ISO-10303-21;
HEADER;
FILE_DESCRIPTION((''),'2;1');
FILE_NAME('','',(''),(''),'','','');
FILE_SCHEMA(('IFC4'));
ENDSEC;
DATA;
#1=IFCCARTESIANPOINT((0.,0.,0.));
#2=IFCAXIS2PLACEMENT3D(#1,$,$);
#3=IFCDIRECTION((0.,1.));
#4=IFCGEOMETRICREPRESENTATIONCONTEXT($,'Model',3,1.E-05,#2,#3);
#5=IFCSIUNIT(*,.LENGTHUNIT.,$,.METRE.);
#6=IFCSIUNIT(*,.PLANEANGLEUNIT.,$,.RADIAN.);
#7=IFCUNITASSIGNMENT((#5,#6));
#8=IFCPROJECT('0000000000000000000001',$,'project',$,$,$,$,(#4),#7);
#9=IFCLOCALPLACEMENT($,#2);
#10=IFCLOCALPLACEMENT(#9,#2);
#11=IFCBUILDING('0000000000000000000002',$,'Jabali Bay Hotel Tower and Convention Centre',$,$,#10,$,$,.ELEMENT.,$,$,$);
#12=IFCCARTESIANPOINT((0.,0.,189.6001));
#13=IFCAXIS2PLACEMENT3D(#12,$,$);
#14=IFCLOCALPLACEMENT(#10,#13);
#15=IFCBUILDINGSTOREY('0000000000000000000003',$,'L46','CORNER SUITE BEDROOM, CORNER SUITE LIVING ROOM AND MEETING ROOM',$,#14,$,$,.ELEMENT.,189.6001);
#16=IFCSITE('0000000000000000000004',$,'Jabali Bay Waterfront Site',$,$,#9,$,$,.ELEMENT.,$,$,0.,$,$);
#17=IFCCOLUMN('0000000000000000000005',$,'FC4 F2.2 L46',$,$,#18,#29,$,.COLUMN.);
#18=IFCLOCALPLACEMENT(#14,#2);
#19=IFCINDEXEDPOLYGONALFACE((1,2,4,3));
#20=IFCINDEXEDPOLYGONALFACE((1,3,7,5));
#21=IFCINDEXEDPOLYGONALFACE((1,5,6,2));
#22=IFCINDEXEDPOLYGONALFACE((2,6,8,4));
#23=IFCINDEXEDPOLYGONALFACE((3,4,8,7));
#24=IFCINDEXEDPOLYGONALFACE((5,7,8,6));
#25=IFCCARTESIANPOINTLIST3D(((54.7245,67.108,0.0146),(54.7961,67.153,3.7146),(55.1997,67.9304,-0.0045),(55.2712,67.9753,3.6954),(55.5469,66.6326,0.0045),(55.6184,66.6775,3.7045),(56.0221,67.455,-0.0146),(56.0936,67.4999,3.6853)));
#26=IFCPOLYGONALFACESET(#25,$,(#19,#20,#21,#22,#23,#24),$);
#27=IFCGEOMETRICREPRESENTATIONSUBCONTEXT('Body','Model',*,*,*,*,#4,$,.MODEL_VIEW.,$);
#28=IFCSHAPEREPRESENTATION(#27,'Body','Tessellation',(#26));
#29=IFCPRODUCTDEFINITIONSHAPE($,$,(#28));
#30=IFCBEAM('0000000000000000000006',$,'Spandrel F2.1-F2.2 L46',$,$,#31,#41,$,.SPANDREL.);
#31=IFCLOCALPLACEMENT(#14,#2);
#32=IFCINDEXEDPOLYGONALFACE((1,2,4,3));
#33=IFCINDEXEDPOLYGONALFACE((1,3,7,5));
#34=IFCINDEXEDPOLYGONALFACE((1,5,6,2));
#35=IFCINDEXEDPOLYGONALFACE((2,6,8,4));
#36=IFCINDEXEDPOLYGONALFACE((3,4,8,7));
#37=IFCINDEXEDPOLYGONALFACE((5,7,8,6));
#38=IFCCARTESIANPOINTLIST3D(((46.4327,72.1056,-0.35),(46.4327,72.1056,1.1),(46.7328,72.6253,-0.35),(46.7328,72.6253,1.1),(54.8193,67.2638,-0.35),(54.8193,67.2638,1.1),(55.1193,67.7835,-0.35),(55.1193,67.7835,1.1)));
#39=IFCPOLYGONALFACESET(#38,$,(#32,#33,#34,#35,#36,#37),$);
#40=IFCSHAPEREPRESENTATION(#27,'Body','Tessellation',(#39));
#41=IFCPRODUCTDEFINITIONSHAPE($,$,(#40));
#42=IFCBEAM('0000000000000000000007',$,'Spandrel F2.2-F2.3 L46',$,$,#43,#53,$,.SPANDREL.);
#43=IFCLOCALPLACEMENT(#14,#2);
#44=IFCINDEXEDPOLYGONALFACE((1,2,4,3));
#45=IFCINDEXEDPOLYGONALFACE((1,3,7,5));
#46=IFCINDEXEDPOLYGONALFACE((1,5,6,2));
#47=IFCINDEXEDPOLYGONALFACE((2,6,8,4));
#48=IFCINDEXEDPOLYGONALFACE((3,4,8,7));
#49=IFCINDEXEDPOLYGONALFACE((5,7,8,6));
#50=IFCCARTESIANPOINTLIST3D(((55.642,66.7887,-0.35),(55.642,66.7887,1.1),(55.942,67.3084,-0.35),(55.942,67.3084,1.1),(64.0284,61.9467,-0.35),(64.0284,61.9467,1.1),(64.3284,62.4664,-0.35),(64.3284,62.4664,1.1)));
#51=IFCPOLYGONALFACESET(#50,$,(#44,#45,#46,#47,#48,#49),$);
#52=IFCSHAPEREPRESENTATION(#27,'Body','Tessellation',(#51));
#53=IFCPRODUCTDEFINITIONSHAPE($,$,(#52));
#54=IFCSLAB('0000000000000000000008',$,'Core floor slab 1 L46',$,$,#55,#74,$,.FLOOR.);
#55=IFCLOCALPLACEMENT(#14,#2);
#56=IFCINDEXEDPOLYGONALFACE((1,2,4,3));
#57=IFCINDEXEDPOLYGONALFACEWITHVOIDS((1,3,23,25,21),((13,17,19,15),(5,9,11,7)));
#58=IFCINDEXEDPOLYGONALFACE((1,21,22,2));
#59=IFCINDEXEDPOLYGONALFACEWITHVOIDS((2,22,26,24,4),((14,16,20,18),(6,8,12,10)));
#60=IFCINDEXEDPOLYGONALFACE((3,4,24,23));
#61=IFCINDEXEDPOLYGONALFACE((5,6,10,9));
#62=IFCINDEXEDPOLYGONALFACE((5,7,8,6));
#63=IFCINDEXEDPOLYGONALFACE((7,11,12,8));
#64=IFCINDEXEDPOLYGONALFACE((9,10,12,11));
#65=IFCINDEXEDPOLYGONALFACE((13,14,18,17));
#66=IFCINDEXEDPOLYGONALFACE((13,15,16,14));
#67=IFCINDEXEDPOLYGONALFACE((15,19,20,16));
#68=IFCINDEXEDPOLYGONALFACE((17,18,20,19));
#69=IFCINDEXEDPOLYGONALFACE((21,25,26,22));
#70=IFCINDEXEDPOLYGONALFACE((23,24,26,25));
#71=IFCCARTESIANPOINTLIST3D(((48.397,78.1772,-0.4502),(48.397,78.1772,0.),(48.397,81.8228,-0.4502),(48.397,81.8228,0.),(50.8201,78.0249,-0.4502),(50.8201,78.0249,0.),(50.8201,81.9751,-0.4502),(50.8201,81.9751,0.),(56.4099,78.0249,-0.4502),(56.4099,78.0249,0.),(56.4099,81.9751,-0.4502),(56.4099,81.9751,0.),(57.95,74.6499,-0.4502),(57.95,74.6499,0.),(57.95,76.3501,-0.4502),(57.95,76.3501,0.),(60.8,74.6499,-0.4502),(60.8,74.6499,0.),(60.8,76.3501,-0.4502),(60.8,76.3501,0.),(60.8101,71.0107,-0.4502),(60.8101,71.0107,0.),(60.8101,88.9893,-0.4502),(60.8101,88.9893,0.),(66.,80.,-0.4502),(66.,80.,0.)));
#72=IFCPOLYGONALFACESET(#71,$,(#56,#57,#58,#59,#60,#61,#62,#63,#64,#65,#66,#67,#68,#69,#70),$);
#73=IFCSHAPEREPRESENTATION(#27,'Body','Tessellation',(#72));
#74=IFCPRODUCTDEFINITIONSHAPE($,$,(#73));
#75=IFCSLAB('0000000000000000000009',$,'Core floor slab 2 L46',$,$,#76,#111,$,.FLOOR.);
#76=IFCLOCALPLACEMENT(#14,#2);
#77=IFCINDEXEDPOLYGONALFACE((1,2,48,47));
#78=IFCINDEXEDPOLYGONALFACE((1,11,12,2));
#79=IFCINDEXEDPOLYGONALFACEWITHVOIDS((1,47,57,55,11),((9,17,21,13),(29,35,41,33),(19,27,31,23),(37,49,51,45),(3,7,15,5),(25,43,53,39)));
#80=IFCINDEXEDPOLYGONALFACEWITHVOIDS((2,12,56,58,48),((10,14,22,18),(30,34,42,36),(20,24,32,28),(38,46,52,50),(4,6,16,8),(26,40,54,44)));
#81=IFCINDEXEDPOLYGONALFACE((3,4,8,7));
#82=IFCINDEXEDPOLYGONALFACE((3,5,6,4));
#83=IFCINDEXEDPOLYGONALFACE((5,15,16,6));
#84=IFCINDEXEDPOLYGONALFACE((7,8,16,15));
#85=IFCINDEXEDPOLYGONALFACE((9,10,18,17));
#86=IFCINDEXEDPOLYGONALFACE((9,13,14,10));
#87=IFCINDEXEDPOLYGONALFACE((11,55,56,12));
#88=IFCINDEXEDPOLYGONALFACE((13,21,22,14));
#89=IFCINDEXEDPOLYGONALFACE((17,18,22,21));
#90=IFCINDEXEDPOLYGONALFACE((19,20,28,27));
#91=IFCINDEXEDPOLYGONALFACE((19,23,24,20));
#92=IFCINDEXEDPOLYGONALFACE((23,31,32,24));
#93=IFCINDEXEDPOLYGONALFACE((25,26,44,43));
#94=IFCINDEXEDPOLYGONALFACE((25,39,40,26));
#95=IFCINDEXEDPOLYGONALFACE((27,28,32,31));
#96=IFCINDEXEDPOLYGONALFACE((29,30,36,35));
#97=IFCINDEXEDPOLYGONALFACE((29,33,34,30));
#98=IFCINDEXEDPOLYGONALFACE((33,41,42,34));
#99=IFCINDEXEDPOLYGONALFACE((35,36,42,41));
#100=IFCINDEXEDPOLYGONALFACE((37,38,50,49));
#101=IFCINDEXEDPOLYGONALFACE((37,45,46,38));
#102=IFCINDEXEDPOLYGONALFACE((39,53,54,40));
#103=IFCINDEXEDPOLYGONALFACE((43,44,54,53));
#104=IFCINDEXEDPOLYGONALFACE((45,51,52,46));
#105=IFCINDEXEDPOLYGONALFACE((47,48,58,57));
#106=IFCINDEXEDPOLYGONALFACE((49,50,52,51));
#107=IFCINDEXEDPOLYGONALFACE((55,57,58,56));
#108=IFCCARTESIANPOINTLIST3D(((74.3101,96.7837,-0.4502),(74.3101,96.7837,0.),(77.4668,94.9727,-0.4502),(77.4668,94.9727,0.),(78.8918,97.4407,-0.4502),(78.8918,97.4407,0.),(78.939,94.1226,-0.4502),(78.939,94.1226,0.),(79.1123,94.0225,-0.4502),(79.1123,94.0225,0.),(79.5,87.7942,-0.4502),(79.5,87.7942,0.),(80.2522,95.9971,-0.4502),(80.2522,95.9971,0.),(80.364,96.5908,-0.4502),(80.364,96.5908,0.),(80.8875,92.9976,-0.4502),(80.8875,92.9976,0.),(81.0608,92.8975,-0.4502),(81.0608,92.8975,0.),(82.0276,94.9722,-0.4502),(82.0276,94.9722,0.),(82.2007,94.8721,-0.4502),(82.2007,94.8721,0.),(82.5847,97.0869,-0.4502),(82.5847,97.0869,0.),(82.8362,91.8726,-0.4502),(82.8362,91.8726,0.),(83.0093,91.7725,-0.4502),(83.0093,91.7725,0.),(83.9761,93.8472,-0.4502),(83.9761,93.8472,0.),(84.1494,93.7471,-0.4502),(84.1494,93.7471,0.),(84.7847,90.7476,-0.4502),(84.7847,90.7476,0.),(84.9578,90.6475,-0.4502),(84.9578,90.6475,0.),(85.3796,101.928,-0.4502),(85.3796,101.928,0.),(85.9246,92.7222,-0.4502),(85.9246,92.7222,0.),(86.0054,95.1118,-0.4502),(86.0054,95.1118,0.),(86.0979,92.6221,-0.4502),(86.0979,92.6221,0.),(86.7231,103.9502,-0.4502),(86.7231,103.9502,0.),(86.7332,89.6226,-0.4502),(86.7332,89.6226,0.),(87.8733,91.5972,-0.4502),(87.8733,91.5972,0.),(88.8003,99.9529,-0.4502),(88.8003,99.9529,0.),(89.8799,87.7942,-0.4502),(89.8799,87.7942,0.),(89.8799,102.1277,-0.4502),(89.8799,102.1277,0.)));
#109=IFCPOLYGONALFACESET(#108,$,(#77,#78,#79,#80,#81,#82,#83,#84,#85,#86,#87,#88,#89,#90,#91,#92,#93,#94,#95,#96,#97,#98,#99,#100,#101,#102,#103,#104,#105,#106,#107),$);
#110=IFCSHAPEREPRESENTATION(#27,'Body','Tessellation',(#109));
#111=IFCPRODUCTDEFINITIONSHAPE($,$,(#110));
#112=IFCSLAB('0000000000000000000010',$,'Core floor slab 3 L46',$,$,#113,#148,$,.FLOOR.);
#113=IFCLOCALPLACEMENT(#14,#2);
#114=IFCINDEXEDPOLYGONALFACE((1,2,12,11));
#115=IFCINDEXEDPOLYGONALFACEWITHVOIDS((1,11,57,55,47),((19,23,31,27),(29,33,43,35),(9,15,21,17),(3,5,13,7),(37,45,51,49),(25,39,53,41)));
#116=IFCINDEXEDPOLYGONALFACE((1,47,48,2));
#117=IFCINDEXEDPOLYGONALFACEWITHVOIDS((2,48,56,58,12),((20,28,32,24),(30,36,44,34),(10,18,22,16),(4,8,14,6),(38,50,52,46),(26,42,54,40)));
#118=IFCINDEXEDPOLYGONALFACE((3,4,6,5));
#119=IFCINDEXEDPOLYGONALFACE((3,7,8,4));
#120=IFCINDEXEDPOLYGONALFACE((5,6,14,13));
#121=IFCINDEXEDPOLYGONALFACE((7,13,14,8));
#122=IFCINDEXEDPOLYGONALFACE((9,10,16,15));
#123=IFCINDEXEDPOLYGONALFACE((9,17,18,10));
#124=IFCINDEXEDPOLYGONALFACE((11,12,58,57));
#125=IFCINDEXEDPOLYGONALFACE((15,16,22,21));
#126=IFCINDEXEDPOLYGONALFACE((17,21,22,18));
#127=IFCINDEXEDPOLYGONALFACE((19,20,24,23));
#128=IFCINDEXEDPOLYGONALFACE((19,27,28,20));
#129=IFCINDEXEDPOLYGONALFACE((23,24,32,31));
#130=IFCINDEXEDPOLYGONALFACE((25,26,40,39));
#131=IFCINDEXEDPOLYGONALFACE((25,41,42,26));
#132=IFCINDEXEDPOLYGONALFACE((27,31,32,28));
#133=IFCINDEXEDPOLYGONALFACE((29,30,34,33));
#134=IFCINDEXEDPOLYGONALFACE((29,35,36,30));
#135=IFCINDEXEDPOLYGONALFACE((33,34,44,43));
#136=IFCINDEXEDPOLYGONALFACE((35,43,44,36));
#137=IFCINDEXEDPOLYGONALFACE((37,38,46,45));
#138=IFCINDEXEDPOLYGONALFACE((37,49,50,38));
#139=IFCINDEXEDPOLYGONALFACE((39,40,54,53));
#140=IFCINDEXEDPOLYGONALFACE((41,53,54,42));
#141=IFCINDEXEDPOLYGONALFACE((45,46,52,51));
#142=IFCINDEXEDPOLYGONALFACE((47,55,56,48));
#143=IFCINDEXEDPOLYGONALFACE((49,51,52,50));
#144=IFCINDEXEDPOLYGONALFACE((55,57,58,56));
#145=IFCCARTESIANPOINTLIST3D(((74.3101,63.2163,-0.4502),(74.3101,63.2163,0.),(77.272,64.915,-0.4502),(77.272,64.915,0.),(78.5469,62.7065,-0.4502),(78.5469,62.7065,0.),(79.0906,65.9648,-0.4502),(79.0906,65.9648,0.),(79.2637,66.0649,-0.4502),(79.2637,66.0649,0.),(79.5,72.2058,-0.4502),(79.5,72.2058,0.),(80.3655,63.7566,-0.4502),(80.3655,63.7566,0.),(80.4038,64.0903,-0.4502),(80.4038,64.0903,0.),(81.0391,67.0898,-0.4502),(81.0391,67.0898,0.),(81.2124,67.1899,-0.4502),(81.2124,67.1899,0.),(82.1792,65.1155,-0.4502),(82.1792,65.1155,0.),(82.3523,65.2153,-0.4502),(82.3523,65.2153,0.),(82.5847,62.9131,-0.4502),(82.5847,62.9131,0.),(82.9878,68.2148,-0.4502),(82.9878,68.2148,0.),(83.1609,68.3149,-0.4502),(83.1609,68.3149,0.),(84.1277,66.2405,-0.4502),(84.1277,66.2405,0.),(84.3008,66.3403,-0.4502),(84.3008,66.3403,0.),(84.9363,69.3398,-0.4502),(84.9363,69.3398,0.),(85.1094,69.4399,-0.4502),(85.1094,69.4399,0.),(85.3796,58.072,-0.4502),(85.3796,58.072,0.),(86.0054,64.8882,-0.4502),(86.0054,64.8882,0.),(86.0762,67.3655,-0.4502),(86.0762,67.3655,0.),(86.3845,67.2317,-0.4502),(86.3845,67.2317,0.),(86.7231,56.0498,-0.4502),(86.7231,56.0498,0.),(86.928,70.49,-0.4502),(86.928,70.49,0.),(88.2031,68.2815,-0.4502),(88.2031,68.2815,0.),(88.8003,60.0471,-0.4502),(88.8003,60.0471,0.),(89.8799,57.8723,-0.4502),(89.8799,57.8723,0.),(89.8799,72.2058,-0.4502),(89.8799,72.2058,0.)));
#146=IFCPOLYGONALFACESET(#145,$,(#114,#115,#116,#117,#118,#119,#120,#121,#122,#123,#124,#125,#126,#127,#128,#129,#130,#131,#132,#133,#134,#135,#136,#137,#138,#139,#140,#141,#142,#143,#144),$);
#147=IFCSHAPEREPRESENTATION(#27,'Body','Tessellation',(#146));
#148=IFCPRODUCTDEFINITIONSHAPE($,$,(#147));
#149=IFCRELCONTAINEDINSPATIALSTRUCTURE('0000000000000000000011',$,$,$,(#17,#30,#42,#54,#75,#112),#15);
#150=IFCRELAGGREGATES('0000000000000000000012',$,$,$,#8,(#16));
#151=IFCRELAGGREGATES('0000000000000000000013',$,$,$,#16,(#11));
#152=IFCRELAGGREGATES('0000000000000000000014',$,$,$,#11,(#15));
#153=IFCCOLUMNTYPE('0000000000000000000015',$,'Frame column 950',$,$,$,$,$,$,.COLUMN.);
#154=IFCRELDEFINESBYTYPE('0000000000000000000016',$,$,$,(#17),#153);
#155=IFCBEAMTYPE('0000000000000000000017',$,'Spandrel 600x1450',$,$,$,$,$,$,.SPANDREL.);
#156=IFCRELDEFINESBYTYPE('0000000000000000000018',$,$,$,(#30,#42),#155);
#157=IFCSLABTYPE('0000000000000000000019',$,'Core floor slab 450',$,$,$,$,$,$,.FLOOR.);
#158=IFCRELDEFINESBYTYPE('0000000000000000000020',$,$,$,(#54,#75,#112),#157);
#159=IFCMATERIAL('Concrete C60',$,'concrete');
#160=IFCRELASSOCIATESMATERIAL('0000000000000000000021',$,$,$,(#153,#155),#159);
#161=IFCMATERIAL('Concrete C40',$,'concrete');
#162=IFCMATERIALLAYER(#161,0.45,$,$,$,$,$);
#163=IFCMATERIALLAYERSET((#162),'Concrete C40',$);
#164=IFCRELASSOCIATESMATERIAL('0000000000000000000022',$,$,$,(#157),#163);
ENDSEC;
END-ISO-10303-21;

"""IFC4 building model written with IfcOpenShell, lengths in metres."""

from ifc_helpers import new_model, si_unit, direction, frame, origin, origin_2d, place, context, subcontext, project, spatial, polyline, rectangle, outline, extrude, material, layer, layer_set, material_profile, profile_set, type_object, element, save


model = new_model("IFC4")

# Units and contexts
model_context = context("Model", 3, precision=1e-05, world=origin(), true_north=direction((0.0, 1.0)))
body_context = subcontext(model_context, "Body", "Model", "MODEL_VIEW")
ifc_project = project(units=[si_unit("LENGTHUNIT", "METRE"), si_unit("PLANEANGLEUNIT", "RADIAN")], contexts=[model_context])

# Site, building, storey
site_placement = place(None, origin())
site = spatial("IfcSite", under=ifc_project, at=site_placement, Name="Jabali Bay Waterfront Site", CompositionType="ELEMENT", RefElevation=0.0)
building_placement = place(site_placement, origin())
building = spatial("IfcBuilding", under=site, at=building_placement, Name="Jabali Bay Hotel Tower and Convention Centre", CompositionType="ELEMENT")
storey_placement = place(building_placement, frame((0.0, 0.0, 189.6001)))
storey = spatial("IfcBuildingStorey", under=building, at=storey_placement, Name="L46", Description="CORNER SUITE BEDROOM, CORNER SUITE LIVING ROOM AND MEETING ROOM", CompositionType="ELEMENT", Elevation=189.6001)

# Column
ifc_material_1 = material(Name="Concrete C60", Category="concrete")
ifc_material_profile_1 = material_profile(ifc_material_1, rectangle(XDim=0.95, YDim=0.95, at=origin_2d()), Name="Frame column 950")
ifc_profile_set_1 = profile_set([ifc_material_profile_1], Name="Concrete C60")
column_type = type_object("IfcColumnType", Name="Frame column 950", PredefinedType="COLUMN", material=ifc_profile_set_1)
column_placement = place(storey_placement, frame((55.3733, 67.2815, 0.0), z_axis=(0.019329, 0.012138, 0.99974), x_axis=(-0.865691, 0.500465, 0.010661)))
element("IfcColumn", 1, at=column_placement, inside=storey, type_object=column_type, Name="FC4 F2.2 L46", PredefinedType="COLUMN", context=body_context, shape_type="SweptSolid", body=[
    extrude(rectangle(XDim=0.95, YDim=0.95, at=origin_2d()), origin(), (0.0, 0.0, 1.0), 3.7009),
])

# Beams
ifc_material_profile_2 = material_profile(ifc_material_1, rectangle(XDim=0.6001, YDim=1.45, at=origin_2d()), Name="Spandrel 600x1450")
ifc_profile_set_2 = profile_set([ifc_material_profile_2], Name="Concrete C60")
beam_type = type_object("IfcBeamType", Name="Spandrel 600x1450", PredefinedType="SPANDREL", material=ifc_profile_set_2)
for number, where, z_axis, x_axis, name in (
    (2, (46.5828, 72.3655, 0.375), (0.866032, -0.499989, 0.0), (0.499989, 0.866032, 0.0), "Spandrel F2.1-F2.2 L46"),
    (3, (55.792, 67.0486, 0.375), (0.866021, -0.500008, 0.0), (0.500008, 0.866021, 0.0), "Spandrel F2.2-F2.3 L46"),
):
    element("IfcBeam", number, at=place(storey_placement, frame(where, z_axis=z_axis, x_axis=x_axis)), inside=storey, type_object=beam_type, Name=name, PredefinedType="SPANDREL", context=body_context, shape_type="SweptSolid", body=[
        extrude(rectangle(XDim=0.6001, YDim=1.45, at=origin_2d()), origin(), (0.0, 0.0, 1.0), 9.6838),
    ])

# Slabs
ifc_material_2 = material(Name="Concrete C40", Category="concrete")
ifc_layer_1 = layer(ifc_material_2, 0.45)
ifc_layer_set_1 = layer_set([ifc_layer_1], Name="Concrete C40")
slab_type_1 = type_object("IfcSlabType", Name="Core floor slab 450", PredefinedType="FLOOR", material=ifc_layer_set_1)
slab_1_placement = place(storey_placement, frame((0.0, 0.0, -0.4502)))
element("IfcSlab", 4, at=slab_1_placement, inside=storey, type_object=slab_type_1, Name="Core floor slab 1 L46", PredefinedType="FLOOR", context=body_context, shape_type="SweptSolid", body=[
    extrude(outline(polyline([(66.0, 80.0), (60.8101, 88.9893), (48.397, 81.8228), (48.397, 78.1772), (60.8101, 71.0107), (66.0, 80.0)]), holes=[polyline([(60.8, 76.3501), (57.95, 76.3501), (57.95, 74.6499), (60.8, 74.6499), (60.8, 76.3501)]), polyline([(50.8201, 81.9751), (50.8201, 78.0249), (56.4099, 78.0249), (56.4099, 81.9751), (50.8201, 81.9751)])]), origin(), (0.0, 0.0, 1.0), 0.4502),
])
slab_2_placement = place(storey_placement, frame((0.0, 0.0, -0.4502)))
element("IfcSlab", 5, at=slab_2_placement, inside=storey, type_object=slab_type_1, Name="Core floor slab 2 L46", PredefinedType="FLOOR", context=body_context, shape_type="SweptSolid", body=[
    extrude(outline(polyline([(79.5, 87.7942), (89.8799, 87.7942), (89.8799, 102.1277), (86.7231, 103.9502), (74.3101, 96.7837), (79.5, 87.7942)]), holes=[polyline([(84.9578, 90.6475), (86.7332, 89.6226), (87.8733, 91.5972), (86.0979, 92.6221), (84.9578, 90.6475)]), polyline([(84.1494, 93.7471), (83.0093, 91.7725), (84.7847, 90.7476), (85.9246, 92.7222), (84.1494, 93.7471)]), polyline([(82.2007, 94.8721), (81.0608, 92.8975), (82.8362, 91.8726), (83.9761, 93.8472), (82.2007, 94.8721)]), polyline([(79.1123, 94.0225), (80.8875, 92.9976), (82.0276, 94.9722), (80.2522, 95.9971), (79.1123, 94.0225)]), polyline([(78.8918, 97.4407), (77.4668, 94.9727), (78.939, 94.1226), (80.364, 96.5908), (78.8918, 97.4407)]), polyline([(82.5847, 97.0869), (86.0054, 95.1118), (88.8003, 99.9529), (85.3796, 101.928), (82.5847, 97.0869)])]), origin(), (0.0, 0.0, 1.0), 0.4502),
])
slab_3_placement = place(storey_placement, frame((0.0, 0.0, -0.4502)))
element("IfcSlab", 6, at=slab_3_placement, inside=storey, type_object=slab_type_1, Name="Core floor slab 3 L46", PredefinedType="FLOOR", context=body_context, shape_type="SweptSolid", body=[
    extrude(outline(polyline([(79.5, 72.2058), (74.3101, 63.2163), (86.7231, 56.0498), (89.8799, 57.8723), (89.8799, 72.2058), (79.5, 72.2058)]), holes=[polyline([(82.5847, 62.9131), (85.3796, 58.072), (88.8003, 60.0471), (86.0054, 64.8882), (82.5847, 62.9131)]), polyline([(80.3655, 63.7566), (79.0906, 65.9648), (77.272, 64.915), (78.5469, 62.7065), (80.3655, 63.7566)]), polyline([(82.1792, 65.1155), (81.0391, 67.0898), (79.2637, 66.0649), (80.4038, 64.0903), (82.1792, 65.1155)]), polyline([(82.9878, 68.2148), (81.2124, 67.1899), (82.3523, 65.2153), (84.1277, 66.2405), (82.9878, 68.2148)]), polyline([(86.0762, 67.3655), (84.9363, 69.3398), (83.1609, 68.3149), (84.3008, 66.3403), (86.0762, 67.3655)]), polyline([(88.2031, 68.2815), (86.928, 70.49), (85.1094, 69.4399), (86.3845, 67.2317), (88.2031, 68.2815)])]), origin(), (0.0, 0.0, 1.0), 0.4502),
])

save(model, "model.ifc")
